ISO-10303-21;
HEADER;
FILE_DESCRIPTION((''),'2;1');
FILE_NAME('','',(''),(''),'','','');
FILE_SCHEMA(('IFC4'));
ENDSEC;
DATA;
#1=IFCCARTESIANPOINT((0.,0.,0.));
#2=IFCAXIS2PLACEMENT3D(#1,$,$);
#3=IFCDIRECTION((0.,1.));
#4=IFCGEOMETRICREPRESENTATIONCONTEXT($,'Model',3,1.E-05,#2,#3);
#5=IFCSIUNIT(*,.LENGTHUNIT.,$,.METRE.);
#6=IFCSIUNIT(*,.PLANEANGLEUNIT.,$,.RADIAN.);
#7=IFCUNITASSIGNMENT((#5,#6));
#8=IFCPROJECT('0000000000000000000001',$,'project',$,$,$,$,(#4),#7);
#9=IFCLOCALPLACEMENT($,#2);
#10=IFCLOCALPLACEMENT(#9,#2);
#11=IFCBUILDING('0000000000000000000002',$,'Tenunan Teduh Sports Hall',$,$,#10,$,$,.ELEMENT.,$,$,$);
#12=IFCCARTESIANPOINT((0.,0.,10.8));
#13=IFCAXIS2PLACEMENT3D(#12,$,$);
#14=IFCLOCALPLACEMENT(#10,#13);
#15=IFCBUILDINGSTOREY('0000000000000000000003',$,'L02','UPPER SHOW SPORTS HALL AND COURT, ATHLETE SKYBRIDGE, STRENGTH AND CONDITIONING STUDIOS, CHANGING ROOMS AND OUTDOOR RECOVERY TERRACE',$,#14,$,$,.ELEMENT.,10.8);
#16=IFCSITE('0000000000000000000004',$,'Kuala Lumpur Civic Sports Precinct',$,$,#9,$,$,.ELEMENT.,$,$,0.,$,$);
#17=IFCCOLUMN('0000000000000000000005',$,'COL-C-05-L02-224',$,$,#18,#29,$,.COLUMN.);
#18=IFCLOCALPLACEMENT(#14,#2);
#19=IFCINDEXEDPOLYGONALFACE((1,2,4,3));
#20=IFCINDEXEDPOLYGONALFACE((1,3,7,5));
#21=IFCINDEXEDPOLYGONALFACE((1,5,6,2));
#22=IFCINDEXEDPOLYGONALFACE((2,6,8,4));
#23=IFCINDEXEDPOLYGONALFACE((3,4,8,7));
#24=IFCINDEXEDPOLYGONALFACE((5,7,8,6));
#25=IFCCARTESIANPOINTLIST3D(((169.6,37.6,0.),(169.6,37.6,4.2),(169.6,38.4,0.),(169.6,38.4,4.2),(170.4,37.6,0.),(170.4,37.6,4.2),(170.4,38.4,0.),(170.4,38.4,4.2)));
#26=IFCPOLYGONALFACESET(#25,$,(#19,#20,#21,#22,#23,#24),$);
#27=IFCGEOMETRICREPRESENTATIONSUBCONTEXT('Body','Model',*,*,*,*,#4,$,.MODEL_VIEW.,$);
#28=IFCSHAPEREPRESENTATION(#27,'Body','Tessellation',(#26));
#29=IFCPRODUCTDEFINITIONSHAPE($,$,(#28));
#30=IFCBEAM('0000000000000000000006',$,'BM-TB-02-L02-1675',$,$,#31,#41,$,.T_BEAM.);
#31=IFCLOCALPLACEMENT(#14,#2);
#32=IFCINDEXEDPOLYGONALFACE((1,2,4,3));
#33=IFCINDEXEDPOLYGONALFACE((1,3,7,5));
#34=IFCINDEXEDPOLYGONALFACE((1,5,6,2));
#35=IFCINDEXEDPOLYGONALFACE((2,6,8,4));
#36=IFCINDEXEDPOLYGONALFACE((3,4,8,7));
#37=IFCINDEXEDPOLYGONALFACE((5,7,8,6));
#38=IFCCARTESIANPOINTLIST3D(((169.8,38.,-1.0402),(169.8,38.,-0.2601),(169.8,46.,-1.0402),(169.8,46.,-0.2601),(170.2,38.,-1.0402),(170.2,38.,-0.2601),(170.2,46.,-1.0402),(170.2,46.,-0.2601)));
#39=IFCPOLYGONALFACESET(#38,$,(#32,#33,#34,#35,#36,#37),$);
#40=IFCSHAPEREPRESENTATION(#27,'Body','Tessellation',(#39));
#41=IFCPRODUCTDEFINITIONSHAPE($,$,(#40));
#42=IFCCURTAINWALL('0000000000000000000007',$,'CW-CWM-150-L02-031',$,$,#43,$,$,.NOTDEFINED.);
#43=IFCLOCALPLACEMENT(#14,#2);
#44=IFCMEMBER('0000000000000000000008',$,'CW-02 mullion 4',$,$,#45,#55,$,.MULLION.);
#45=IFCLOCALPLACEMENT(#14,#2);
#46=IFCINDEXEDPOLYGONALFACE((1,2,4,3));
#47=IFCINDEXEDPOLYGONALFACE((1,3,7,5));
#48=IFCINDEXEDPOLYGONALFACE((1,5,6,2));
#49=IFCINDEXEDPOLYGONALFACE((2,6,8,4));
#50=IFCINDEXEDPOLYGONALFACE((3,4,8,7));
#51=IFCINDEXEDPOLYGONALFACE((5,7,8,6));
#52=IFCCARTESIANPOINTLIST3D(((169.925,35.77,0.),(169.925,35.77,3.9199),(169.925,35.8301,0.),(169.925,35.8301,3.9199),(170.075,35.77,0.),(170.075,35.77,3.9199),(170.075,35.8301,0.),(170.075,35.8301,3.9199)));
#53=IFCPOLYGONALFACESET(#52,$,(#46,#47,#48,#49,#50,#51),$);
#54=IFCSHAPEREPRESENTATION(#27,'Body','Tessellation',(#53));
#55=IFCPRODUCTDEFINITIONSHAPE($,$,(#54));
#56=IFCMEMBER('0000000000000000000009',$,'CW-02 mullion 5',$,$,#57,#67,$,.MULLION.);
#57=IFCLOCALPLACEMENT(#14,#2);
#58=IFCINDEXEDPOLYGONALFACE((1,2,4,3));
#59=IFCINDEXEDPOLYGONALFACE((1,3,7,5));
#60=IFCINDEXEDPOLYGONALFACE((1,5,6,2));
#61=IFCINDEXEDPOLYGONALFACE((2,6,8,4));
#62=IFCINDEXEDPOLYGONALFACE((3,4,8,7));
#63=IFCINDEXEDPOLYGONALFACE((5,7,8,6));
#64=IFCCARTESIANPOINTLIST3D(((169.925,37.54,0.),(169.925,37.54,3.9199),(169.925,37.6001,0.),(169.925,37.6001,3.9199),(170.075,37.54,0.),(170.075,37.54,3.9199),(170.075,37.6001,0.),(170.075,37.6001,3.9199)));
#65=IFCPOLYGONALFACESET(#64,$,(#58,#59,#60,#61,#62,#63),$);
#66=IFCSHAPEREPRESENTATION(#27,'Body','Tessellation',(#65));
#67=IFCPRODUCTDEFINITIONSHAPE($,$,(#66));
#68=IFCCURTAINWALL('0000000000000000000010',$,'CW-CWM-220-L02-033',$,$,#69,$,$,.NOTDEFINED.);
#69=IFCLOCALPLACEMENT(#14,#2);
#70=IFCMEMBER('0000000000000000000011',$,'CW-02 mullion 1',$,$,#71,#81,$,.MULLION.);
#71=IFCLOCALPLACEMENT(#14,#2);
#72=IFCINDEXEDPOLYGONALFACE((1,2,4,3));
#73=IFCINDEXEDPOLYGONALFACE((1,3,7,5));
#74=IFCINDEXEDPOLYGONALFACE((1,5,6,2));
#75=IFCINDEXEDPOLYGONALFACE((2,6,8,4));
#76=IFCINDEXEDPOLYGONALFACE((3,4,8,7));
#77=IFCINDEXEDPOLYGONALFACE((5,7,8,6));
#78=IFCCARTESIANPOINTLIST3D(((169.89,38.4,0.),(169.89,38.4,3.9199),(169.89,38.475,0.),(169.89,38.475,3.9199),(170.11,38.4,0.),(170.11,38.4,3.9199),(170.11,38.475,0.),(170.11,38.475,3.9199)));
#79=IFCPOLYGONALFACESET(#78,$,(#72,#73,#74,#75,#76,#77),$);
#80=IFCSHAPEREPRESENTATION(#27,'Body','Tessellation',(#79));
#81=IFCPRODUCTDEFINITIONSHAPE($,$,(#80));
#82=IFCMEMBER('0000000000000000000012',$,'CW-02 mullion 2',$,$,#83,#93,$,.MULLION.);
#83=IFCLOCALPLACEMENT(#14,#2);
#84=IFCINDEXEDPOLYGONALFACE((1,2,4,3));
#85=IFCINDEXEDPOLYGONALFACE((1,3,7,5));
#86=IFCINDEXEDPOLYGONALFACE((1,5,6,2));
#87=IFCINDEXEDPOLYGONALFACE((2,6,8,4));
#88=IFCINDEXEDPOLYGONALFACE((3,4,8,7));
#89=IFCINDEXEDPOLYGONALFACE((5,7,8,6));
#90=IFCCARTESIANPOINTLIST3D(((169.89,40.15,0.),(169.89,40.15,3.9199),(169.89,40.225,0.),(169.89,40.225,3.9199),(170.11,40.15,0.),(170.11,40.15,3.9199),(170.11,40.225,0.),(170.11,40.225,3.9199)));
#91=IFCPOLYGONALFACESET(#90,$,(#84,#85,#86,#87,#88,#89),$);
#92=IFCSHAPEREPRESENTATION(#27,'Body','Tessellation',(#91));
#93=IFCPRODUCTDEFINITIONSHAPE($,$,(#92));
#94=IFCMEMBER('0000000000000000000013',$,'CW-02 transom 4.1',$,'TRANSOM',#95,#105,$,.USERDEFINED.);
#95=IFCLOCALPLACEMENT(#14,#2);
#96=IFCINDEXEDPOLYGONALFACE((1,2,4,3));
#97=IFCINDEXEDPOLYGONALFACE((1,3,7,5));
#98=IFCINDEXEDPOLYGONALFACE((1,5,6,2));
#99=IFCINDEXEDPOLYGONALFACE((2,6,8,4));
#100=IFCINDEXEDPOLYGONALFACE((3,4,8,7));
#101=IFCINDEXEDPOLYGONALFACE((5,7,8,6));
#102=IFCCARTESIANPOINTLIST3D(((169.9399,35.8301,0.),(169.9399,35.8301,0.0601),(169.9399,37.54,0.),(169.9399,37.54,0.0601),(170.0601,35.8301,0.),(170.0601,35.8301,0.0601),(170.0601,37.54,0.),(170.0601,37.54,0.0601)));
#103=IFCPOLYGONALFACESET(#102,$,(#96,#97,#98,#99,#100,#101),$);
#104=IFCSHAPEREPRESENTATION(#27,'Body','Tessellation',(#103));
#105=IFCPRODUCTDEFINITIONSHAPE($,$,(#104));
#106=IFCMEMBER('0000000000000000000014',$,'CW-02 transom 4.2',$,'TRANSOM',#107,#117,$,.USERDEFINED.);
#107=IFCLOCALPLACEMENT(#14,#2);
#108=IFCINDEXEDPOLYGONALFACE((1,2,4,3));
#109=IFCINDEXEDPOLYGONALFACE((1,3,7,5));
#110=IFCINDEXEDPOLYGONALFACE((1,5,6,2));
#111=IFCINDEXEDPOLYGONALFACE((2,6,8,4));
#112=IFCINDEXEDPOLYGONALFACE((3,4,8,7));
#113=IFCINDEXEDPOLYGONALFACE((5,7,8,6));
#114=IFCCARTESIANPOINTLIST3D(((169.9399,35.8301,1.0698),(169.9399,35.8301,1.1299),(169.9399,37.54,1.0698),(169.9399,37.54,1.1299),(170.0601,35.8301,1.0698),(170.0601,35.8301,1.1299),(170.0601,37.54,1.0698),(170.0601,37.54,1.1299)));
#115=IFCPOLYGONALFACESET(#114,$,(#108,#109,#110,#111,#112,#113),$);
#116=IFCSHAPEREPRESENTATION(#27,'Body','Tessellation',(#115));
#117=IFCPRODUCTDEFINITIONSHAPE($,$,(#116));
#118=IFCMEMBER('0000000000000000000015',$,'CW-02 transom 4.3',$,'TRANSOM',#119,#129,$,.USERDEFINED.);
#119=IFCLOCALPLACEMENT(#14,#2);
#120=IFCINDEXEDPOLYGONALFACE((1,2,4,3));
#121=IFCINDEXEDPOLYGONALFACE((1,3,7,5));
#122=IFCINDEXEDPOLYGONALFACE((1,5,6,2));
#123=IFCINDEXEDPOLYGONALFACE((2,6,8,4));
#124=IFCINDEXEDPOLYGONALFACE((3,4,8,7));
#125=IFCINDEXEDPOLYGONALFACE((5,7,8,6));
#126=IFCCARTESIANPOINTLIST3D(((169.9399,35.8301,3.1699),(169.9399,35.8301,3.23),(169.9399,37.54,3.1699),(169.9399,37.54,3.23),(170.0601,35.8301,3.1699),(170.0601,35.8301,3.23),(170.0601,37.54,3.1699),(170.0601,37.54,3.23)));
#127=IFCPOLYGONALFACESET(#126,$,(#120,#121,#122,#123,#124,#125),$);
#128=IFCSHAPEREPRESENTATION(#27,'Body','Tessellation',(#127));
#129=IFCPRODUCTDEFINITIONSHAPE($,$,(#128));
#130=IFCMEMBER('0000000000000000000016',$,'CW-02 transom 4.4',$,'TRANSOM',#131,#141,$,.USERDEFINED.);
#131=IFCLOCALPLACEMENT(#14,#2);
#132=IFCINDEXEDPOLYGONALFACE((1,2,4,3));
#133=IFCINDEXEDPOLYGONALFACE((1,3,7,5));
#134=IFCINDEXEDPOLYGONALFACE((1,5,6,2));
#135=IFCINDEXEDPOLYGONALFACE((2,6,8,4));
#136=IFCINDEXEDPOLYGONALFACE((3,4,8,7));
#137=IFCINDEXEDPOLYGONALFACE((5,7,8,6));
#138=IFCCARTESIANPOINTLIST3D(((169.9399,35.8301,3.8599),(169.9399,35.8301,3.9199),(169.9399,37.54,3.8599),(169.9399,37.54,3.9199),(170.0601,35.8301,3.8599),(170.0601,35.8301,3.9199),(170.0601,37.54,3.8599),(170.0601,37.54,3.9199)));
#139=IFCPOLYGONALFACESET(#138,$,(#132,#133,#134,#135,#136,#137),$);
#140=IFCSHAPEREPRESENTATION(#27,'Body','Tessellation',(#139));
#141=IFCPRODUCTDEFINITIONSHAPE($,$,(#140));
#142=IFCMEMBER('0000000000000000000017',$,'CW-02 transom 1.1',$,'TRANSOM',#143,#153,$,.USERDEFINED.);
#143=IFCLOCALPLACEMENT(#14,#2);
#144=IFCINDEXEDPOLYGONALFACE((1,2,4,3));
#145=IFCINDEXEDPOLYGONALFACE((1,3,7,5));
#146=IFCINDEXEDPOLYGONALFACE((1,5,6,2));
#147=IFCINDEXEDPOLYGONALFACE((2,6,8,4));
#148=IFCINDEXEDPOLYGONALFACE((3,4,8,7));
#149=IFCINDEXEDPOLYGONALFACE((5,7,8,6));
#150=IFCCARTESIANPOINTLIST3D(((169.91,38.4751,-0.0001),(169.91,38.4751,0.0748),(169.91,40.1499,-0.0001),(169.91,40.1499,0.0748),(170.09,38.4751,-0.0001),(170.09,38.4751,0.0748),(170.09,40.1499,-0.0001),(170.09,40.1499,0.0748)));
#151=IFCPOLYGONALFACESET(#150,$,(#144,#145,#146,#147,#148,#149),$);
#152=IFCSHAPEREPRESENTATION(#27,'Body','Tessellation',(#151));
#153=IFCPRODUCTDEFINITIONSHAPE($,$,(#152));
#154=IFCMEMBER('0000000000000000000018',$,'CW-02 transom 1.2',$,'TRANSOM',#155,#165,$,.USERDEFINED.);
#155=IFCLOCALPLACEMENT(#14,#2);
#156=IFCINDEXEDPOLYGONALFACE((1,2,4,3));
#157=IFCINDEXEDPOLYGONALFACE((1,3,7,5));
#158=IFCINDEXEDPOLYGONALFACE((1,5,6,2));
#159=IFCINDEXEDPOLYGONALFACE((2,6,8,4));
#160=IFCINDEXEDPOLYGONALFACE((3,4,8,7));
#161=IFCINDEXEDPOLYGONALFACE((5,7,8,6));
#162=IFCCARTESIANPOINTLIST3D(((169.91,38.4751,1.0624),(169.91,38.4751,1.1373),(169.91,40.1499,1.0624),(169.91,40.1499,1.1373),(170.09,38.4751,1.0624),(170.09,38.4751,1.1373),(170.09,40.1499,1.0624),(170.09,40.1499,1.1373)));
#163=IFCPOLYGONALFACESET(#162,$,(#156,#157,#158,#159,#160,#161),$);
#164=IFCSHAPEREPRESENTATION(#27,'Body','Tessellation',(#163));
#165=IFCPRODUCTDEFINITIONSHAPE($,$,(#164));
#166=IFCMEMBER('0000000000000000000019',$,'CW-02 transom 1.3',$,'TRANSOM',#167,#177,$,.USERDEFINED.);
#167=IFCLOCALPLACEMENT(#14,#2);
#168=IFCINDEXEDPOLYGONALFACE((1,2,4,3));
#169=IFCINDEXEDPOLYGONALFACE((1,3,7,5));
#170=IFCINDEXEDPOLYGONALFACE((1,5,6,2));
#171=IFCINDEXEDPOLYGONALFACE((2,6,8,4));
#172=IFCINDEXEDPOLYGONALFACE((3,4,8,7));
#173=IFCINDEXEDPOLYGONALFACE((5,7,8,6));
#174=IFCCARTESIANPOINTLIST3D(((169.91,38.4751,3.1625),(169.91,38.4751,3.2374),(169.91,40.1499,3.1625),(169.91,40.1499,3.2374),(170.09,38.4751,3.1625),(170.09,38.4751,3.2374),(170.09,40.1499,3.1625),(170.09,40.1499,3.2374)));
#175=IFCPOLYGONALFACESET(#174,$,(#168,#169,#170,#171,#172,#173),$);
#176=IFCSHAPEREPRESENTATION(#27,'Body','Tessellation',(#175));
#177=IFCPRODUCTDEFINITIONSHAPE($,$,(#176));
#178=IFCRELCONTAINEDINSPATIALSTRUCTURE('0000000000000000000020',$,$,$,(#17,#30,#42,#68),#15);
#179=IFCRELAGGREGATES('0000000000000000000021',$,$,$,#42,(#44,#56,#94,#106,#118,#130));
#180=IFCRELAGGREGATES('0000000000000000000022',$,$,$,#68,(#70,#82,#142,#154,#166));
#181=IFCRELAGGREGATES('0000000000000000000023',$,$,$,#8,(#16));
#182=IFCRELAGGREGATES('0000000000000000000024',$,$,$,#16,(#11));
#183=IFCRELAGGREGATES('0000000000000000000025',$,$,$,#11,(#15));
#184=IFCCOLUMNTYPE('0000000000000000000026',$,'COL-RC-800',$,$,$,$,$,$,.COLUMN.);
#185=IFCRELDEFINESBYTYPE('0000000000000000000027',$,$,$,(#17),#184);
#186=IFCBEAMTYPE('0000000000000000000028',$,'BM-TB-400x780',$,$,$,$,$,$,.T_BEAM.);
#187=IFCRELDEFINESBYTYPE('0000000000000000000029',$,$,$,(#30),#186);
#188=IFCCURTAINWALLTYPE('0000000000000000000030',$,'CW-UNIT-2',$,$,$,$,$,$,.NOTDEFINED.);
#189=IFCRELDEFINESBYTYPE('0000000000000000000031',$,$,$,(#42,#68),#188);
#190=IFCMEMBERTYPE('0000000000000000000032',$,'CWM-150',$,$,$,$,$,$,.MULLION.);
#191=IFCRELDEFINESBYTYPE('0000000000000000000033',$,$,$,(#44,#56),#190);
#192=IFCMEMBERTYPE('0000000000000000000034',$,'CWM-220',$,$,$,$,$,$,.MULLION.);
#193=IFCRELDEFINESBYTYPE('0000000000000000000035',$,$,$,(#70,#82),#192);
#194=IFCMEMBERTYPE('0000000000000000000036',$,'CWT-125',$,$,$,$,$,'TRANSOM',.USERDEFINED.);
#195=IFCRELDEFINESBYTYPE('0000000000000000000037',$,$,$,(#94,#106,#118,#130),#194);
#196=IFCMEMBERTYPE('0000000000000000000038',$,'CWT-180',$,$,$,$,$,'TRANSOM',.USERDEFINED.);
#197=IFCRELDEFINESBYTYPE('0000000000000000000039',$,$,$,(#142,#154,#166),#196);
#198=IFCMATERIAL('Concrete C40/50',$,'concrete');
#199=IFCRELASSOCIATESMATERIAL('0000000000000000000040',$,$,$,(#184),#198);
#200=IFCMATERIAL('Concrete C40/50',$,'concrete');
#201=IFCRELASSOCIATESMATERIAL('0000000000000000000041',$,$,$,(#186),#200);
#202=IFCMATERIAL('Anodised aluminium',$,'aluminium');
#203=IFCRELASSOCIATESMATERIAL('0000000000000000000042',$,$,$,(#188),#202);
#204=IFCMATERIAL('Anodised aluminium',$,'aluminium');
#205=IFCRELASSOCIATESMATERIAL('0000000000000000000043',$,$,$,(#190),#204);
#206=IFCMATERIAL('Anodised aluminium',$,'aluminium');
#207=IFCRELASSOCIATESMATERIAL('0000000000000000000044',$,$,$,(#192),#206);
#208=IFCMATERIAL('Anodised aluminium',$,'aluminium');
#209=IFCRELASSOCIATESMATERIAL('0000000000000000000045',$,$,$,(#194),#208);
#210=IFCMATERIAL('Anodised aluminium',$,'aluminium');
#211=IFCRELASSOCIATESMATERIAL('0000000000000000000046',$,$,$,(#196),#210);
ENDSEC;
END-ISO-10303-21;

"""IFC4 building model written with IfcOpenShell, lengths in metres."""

from ifc_helpers import new_model, si_unit, direction, frame, origin, origin_2d, place, context, subcontext, project, spatial, rectangle, extrude, material, material_profile, profile_set, type_object, element, aggregate, save


model = new_model("IFC4")

# Units and contexts
model_context = context("Model", 3, precision=1e-05, world=origin(), true_north=direction((0.0, 1.0)))
body_context = subcontext(model_context, "Body", "Model", "MODEL_VIEW")
ifc_project = project(units=[si_unit("LENGTHUNIT", "METRE"), si_unit("PLANEANGLEUNIT", "RADIAN")], contexts=[model_context])

# Site, building, storey
site_placement = place(None, origin())
site = spatial("IfcSite", under=ifc_project, at=site_placement, Name="Kuala Lumpur Civic Sports Precinct", CompositionType="ELEMENT", RefElevation=0.0)
building_placement = place(site_placement, origin())
building = spatial("IfcBuilding", under=site, at=building_placement, Name="Tenunan Teduh Sports Hall", CompositionType="ELEMENT")
storey_placement = place(building_placement, frame((0.0, 0.0, 10.8)))
storey = spatial("IfcBuildingStorey", under=building, at=storey_placement, Name="L02", Description="UPPER SHOW SPORTS HALL AND COURT, ATHLETE SKYBRIDGE, STRENGTH AND CONDITIONING STUDIOS, CHANGING ROOMS AND OUTDOOR RECOVERY TERRACE", CompositionType="ELEMENT", Elevation=10.8)

# Column
ifc_material_1 = material(Name="Concrete C40/50", Category="concrete")
ifc_material_profile_1 = material_profile(ifc_material_1, rectangle(XDim=0.8, YDim=0.8, at=origin_2d()), Name="RC 800x800")
ifc_profile_set_1 = profile_set([ifc_material_profile_1], Name="Concrete C40/50")
column_type = type_object("IfcColumnType", Name="COL-RC-800", PredefinedType="COLUMN", material=ifc_profile_set_1)
column_placement = place(storey_placement, frame((170.0, 38.0, 0.0), z_axis=(0.0, 0.0, 1.0), x_axis=(1.0, 0.0, 0.0)))
element("IfcColumn", 1, at=column_placement, inside=storey, type_object=column_type, Name="COL-C-05-L02-224", PredefinedType="COLUMN", context=body_context, shape_type="SweptSolid", body=[
    extrude(rectangle(XDim=0.8, YDim=0.8, at=origin_2d()), origin(), (0.0, 0.0, 1.0), 4.2),
])

# Beam
ifc_material_2 = material(Name="Concrete C40/50", Category="concrete")
ifc_material_profile_2 = material_profile(ifc_material_2, rectangle(XDim=0.3999, YDim=0.78, at=origin_2d()), Name="TB 400x780")
ifc_profile_set_2 = profile_set([ifc_material_profile_2], Name="Concrete C40/50")
beam_type = type_object("IfcBeamType", Name="BM-TB-400x780", PredefinedType="T_BEAM", material=ifc_profile_set_2)
beam_placement = place(storey_placement, frame((170.0, 38.0, -0.6501), z_axis=(0.0, 1.0, 0.0), x_axis=(-1.0, 0.0, 0.0)))
element("IfcBeam", 2, at=beam_placement, inside=storey, type_object=beam_type, Name="BM-TB-02-L02-1675", PredefinedType="T_BEAM", context=body_context, shape_type="SweptSolid", body=[
    extrude(rectangle(XDim=0.3999, YDim=0.78, at=origin_2d()), origin(), (0.0, 0.0, 1.0), 8.0),
])

# Curtain walls, members
ifc_material_3 = material(Name="Anodised aluminium", Category="aluminium")
curtain_wall_type = type_object("IfcCurtainWallType", Name="CW-UNIT-2", PredefinedType="NOTDEFINED", material=ifc_material_3)
curtain_wall_1_placement = place(storey_placement, origin())
curtain_wall_1 = element("IfcCurtainWall", 3, at=curtain_wall_1_placement, inside=storey, type_object=curtain_wall_type, Name="CW-CWM-150-L02-031", PredefinedType="NOTDEFINED")
ifc_material_4 = material(Name="Anodised aluminium", Category="aluminium")
ifc_material_profile_3 = material_profile(ifc_material_4, rectangle(XDim=0.0601, YDim=0.1499, at=origin_2d()), Name="CWM 60x150")
ifc_profile_set_3 = profile_set([ifc_material_profile_3], Name="Anodised aluminium")
member_type_1 = type_object("IfcMemberType", Name="CWM-150", PredefinedType="MULLION", material=ifc_profile_set_3)
member_1_placement = place(storey_placement, frame((170.0, 35.8, 0.0), z_axis=(0.0, 0.0, 1.0), x_axis=(0.0, 1.0, 0.0)))
member_1 = element("IfcMember", 4, at=member_1_placement, type_object=member_type_1, Name="CW-02 mullion 4", PredefinedType="MULLION", context=body_context, shape_type="SweptSolid", body=[
    extrude(rectangle(XDim=0.0601, YDim=0.1499, at=origin_2d()), origin(), (0.0, 0.0, 1.0), 3.9199),
])
member_2_placement = place(storey_placement, frame((170.0, 37.5701, 0.0), z_axis=(0.0, 0.0, 1.0), x_axis=(0.0, 1.0, 0.0)))
member_2 = element("IfcMember", 5, at=member_2_placement, type_object=member_type_1, Name="CW-02 mullion 5", PredefinedType="MULLION", context=body_context, shape_type="SweptSolid", body=[
    extrude(rectangle(XDim=0.0601, YDim=0.1499, at=origin_2d()), origin(), (0.0, 0.0, 1.0), 3.9199),
])
curtain_wall_2_placement = place(storey_placement, origin())
curtain_wall_2 = element("IfcCurtainWall", 6, at=curtain_wall_2_placement, inside=storey, type_object=curtain_wall_type, Name="CW-CWM-220-L02-033", PredefinedType="NOTDEFINED")
ifc_material_5 = material(Name="Anodised aluminium", Category="aluminium")
ifc_material_profile_4 = material_profile(ifc_material_5, rectangle(XDim=0.075, YDim=0.22, at=origin_2d()), Name="CWM 75x220")
ifc_profile_set_4 = profile_set([ifc_material_profile_4], Name="Anodised aluminium")
member_type_2 = type_object("IfcMemberType", Name="CWM-220", PredefinedType="MULLION", material=ifc_profile_set_4)
member_3_placement = place(storey_placement, frame((170.0, 38.4375, 0.0), z_axis=(0.0, 0.0, 1.0), x_axis=(0.0, 1.0, 0.0)))
member_3 = element("IfcMember", 7, at=member_3_placement, type_object=member_type_2, Name="CW-02 mullion 1", PredefinedType="MULLION", context=body_context, shape_type="SweptSolid", body=[
    extrude(rectangle(XDim=0.075, YDim=0.22, at=origin_2d()), origin(), (0.0, 0.0, 1.0), 3.9199),
])
member_4_placement = place(storey_placement, frame((170.0, 40.1875, 0.0), z_axis=(0.0, 0.0, 1.0), x_axis=(0.0, 1.0, 0.0)))
member_4 = element("IfcMember", 8, at=member_4_placement, type_object=member_type_2, Name="CW-02 mullion 2", PredefinedType="MULLION", context=body_context, shape_type="SweptSolid", body=[
    extrude(rectangle(XDim=0.075, YDim=0.22, at=origin_2d()), origin(), (0.0, 0.0, 1.0), 3.9199),
])

# Members
ifc_material_6 = material(Name="Anodised aluminium", Category="aluminium")
ifc_material_profile_5 = material_profile(ifc_material_6, rectangle(XDim=0.0601, YDim=0.1201, at=origin_2d()), Name="CWT 60x120")
ifc_profile_set_5 = profile_set([ifc_material_profile_5], Name="Anodised aluminium")
member_type_3 = type_object("IfcMemberType", Name="CWT-125", ElementType="TRANSOM", PredefinedType="USERDEFINED", material=ifc_profile_set_5)
member_5_placement = place(storey_placement, frame((170.0, 35.8301, 0.03), z_axis=(0.0, 1.0, 0.0), x_axis=(0.0, 0.0, 1.0)))
member_5 = element("IfcMember", 9, at=member_5_placement, type_object=member_type_3, Name="CW-02 transom 4.1", ObjectType="TRANSOM", PredefinedType="USERDEFINED", context=body_context, shape_type="SweptSolid", body=[
    extrude(rectangle(XDim=0.0601, YDim=0.1201, at=origin_2d()), origin(), (0.0, 0.0, 1.0), 1.71),
])
member_6_placement = place(storey_placement, frame((170.0, 35.8301, 1.0999), z_axis=(0.0, 1.0, 0.0), x_axis=(0.0, 0.0, 1.0)))
member_6 = element("IfcMember", 10, at=member_6_placement, type_object=member_type_3, Name="CW-02 transom 4.2", ObjectType="TRANSOM", PredefinedType="USERDEFINED", context=body_context, shape_type="SweptSolid", body=[
    extrude(rectangle(XDim=0.0601, YDim=0.1201, at=origin_2d()), origin(), (0.0, 0.0, 1.0), 1.71),
])
member_7_placement = place(storey_placement, frame((170.0, 35.8301, 3.2), z_axis=(0.0, 1.0, 0.0), x_axis=(0.0, 0.0, 1.0)))
member_7 = element("IfcMember", 11, at=member_7_placement, type_object=member_type_3, Name="CW-02 transom 4.3", ObjectType="TRANSOM", PredefinedType="USERDEFINED", context=body_context, shape_type="SweptSolid", body=[
    extrude(rectangle(XDim=0.0601, YDim=0.1201, at=origin_2d()), origin(), (0.0, 0.0, 1.0), 1.71),
])
member_8_placement = place(storey_placement, frame((170.0, 35.8301, 3.8899), z_axis=(0.0, 1.0, 0.0), x_axis=(0.0, 0.0, 1.0)))
member_8 = element("IfcMember", 12, at=member_8_placement, type_object=member_type_3, Name="CW-02 transom 4.4", ObjectType="TRANSOM", PredefinedType="USERDEFINED", context=body_context, shape_type="SweptSolid", body=[
    extrude(rectangle(XDim=0.0601, YDim=0.1201, at=origin_2d()), origin(), (0.0, 0.0, 1.0), 1.71),
])
ifc_material_7 = material(Name="Anodised aluminium", Category="aluminium")
ifc_material_profile_6 = material_profile(ifc_material_7, rectangle(XDim=0.075, YDim=0.1799, at=origin_2d()), Name="CWT 75x180")
ifc_profile_set_6 = profile_set([ifc_material_profile_6], Name="Anodised aluminium")
member_type_4 = type_object("IfcMemberType", Name="CWT-180", ElementType="TRANSOM", PredefinedType="USERDEFINED", material=ifc_profile_set_6)
member_9_placement = place(storey_placement, frame((170.0, 38.4751, 0.0374), z_axis=(0.0, 1.0, 0.0), x_axis=(0.0, 0.0, 1.0)))
member_9 = element("IfcMember", 13, at=member_9_placement, type_object=member_type_4, Name="CW-02 transom 1.1", ObjectType="TRANSOM", PredefinedType="USERDEFINED", context=body_context, shape_type="SweptSolid", body=[
    extrude(rectangle(XDim=0.075, YDim=0.1799, at=origin_2d()), origin(), (0.0, 0.0, 1.0), 1.6748),
])
member_10_placement = place(storey_placement, frame((170.0, 38.4751, 1.0999), z_axis=(0.0, 1.0, 0.0), x_axis=(0.0, 0.0, 1.0)))
member_10 = element("IfcMember", 14, at=member_10_placement, type_object=member_type_4, Name="CW-02 transom 1.2", ObjectType="TRANSOM", PredefinedType="USERDEFINED", context=body_context, shape_type="SweptSolid", body=[
    extrude(rectangle(XDim=0.075, YDim=0.1799, at=origin_2d()), origin(), (0.0, 0.0, 1.0), 1.6748),
])
member_11_placement = place(storey_placement, frame((170.0, 38.4751, 3.2), z_axis=(0.0, 1.0, 0.0), x_axis=(0.0, 0.0, 1.0)))
member_11 = element("IfcMember", 15, at=member_11_placement, type_object=member_type_4, Name="CW-02 transom 1.3", ObjectType="TRANSOM", PredefinedType="USERDEFINED", context=body_context, shape_type="SweptSolid", body=[
    extrude(rectangle(XDim=0.075, YDim=0.1799, at=origin_2d()), origin(), (0.0, 0.0, 1.0), 1.6748),
])

aggregate(curtain_wall_1, [member_1, member_2, member_5, member_6, member_7, member_8])
aggregate(curtain_wall_2, [member_3, member_4, member_9, member_10, member_11])

save(model, "model.ifc")
